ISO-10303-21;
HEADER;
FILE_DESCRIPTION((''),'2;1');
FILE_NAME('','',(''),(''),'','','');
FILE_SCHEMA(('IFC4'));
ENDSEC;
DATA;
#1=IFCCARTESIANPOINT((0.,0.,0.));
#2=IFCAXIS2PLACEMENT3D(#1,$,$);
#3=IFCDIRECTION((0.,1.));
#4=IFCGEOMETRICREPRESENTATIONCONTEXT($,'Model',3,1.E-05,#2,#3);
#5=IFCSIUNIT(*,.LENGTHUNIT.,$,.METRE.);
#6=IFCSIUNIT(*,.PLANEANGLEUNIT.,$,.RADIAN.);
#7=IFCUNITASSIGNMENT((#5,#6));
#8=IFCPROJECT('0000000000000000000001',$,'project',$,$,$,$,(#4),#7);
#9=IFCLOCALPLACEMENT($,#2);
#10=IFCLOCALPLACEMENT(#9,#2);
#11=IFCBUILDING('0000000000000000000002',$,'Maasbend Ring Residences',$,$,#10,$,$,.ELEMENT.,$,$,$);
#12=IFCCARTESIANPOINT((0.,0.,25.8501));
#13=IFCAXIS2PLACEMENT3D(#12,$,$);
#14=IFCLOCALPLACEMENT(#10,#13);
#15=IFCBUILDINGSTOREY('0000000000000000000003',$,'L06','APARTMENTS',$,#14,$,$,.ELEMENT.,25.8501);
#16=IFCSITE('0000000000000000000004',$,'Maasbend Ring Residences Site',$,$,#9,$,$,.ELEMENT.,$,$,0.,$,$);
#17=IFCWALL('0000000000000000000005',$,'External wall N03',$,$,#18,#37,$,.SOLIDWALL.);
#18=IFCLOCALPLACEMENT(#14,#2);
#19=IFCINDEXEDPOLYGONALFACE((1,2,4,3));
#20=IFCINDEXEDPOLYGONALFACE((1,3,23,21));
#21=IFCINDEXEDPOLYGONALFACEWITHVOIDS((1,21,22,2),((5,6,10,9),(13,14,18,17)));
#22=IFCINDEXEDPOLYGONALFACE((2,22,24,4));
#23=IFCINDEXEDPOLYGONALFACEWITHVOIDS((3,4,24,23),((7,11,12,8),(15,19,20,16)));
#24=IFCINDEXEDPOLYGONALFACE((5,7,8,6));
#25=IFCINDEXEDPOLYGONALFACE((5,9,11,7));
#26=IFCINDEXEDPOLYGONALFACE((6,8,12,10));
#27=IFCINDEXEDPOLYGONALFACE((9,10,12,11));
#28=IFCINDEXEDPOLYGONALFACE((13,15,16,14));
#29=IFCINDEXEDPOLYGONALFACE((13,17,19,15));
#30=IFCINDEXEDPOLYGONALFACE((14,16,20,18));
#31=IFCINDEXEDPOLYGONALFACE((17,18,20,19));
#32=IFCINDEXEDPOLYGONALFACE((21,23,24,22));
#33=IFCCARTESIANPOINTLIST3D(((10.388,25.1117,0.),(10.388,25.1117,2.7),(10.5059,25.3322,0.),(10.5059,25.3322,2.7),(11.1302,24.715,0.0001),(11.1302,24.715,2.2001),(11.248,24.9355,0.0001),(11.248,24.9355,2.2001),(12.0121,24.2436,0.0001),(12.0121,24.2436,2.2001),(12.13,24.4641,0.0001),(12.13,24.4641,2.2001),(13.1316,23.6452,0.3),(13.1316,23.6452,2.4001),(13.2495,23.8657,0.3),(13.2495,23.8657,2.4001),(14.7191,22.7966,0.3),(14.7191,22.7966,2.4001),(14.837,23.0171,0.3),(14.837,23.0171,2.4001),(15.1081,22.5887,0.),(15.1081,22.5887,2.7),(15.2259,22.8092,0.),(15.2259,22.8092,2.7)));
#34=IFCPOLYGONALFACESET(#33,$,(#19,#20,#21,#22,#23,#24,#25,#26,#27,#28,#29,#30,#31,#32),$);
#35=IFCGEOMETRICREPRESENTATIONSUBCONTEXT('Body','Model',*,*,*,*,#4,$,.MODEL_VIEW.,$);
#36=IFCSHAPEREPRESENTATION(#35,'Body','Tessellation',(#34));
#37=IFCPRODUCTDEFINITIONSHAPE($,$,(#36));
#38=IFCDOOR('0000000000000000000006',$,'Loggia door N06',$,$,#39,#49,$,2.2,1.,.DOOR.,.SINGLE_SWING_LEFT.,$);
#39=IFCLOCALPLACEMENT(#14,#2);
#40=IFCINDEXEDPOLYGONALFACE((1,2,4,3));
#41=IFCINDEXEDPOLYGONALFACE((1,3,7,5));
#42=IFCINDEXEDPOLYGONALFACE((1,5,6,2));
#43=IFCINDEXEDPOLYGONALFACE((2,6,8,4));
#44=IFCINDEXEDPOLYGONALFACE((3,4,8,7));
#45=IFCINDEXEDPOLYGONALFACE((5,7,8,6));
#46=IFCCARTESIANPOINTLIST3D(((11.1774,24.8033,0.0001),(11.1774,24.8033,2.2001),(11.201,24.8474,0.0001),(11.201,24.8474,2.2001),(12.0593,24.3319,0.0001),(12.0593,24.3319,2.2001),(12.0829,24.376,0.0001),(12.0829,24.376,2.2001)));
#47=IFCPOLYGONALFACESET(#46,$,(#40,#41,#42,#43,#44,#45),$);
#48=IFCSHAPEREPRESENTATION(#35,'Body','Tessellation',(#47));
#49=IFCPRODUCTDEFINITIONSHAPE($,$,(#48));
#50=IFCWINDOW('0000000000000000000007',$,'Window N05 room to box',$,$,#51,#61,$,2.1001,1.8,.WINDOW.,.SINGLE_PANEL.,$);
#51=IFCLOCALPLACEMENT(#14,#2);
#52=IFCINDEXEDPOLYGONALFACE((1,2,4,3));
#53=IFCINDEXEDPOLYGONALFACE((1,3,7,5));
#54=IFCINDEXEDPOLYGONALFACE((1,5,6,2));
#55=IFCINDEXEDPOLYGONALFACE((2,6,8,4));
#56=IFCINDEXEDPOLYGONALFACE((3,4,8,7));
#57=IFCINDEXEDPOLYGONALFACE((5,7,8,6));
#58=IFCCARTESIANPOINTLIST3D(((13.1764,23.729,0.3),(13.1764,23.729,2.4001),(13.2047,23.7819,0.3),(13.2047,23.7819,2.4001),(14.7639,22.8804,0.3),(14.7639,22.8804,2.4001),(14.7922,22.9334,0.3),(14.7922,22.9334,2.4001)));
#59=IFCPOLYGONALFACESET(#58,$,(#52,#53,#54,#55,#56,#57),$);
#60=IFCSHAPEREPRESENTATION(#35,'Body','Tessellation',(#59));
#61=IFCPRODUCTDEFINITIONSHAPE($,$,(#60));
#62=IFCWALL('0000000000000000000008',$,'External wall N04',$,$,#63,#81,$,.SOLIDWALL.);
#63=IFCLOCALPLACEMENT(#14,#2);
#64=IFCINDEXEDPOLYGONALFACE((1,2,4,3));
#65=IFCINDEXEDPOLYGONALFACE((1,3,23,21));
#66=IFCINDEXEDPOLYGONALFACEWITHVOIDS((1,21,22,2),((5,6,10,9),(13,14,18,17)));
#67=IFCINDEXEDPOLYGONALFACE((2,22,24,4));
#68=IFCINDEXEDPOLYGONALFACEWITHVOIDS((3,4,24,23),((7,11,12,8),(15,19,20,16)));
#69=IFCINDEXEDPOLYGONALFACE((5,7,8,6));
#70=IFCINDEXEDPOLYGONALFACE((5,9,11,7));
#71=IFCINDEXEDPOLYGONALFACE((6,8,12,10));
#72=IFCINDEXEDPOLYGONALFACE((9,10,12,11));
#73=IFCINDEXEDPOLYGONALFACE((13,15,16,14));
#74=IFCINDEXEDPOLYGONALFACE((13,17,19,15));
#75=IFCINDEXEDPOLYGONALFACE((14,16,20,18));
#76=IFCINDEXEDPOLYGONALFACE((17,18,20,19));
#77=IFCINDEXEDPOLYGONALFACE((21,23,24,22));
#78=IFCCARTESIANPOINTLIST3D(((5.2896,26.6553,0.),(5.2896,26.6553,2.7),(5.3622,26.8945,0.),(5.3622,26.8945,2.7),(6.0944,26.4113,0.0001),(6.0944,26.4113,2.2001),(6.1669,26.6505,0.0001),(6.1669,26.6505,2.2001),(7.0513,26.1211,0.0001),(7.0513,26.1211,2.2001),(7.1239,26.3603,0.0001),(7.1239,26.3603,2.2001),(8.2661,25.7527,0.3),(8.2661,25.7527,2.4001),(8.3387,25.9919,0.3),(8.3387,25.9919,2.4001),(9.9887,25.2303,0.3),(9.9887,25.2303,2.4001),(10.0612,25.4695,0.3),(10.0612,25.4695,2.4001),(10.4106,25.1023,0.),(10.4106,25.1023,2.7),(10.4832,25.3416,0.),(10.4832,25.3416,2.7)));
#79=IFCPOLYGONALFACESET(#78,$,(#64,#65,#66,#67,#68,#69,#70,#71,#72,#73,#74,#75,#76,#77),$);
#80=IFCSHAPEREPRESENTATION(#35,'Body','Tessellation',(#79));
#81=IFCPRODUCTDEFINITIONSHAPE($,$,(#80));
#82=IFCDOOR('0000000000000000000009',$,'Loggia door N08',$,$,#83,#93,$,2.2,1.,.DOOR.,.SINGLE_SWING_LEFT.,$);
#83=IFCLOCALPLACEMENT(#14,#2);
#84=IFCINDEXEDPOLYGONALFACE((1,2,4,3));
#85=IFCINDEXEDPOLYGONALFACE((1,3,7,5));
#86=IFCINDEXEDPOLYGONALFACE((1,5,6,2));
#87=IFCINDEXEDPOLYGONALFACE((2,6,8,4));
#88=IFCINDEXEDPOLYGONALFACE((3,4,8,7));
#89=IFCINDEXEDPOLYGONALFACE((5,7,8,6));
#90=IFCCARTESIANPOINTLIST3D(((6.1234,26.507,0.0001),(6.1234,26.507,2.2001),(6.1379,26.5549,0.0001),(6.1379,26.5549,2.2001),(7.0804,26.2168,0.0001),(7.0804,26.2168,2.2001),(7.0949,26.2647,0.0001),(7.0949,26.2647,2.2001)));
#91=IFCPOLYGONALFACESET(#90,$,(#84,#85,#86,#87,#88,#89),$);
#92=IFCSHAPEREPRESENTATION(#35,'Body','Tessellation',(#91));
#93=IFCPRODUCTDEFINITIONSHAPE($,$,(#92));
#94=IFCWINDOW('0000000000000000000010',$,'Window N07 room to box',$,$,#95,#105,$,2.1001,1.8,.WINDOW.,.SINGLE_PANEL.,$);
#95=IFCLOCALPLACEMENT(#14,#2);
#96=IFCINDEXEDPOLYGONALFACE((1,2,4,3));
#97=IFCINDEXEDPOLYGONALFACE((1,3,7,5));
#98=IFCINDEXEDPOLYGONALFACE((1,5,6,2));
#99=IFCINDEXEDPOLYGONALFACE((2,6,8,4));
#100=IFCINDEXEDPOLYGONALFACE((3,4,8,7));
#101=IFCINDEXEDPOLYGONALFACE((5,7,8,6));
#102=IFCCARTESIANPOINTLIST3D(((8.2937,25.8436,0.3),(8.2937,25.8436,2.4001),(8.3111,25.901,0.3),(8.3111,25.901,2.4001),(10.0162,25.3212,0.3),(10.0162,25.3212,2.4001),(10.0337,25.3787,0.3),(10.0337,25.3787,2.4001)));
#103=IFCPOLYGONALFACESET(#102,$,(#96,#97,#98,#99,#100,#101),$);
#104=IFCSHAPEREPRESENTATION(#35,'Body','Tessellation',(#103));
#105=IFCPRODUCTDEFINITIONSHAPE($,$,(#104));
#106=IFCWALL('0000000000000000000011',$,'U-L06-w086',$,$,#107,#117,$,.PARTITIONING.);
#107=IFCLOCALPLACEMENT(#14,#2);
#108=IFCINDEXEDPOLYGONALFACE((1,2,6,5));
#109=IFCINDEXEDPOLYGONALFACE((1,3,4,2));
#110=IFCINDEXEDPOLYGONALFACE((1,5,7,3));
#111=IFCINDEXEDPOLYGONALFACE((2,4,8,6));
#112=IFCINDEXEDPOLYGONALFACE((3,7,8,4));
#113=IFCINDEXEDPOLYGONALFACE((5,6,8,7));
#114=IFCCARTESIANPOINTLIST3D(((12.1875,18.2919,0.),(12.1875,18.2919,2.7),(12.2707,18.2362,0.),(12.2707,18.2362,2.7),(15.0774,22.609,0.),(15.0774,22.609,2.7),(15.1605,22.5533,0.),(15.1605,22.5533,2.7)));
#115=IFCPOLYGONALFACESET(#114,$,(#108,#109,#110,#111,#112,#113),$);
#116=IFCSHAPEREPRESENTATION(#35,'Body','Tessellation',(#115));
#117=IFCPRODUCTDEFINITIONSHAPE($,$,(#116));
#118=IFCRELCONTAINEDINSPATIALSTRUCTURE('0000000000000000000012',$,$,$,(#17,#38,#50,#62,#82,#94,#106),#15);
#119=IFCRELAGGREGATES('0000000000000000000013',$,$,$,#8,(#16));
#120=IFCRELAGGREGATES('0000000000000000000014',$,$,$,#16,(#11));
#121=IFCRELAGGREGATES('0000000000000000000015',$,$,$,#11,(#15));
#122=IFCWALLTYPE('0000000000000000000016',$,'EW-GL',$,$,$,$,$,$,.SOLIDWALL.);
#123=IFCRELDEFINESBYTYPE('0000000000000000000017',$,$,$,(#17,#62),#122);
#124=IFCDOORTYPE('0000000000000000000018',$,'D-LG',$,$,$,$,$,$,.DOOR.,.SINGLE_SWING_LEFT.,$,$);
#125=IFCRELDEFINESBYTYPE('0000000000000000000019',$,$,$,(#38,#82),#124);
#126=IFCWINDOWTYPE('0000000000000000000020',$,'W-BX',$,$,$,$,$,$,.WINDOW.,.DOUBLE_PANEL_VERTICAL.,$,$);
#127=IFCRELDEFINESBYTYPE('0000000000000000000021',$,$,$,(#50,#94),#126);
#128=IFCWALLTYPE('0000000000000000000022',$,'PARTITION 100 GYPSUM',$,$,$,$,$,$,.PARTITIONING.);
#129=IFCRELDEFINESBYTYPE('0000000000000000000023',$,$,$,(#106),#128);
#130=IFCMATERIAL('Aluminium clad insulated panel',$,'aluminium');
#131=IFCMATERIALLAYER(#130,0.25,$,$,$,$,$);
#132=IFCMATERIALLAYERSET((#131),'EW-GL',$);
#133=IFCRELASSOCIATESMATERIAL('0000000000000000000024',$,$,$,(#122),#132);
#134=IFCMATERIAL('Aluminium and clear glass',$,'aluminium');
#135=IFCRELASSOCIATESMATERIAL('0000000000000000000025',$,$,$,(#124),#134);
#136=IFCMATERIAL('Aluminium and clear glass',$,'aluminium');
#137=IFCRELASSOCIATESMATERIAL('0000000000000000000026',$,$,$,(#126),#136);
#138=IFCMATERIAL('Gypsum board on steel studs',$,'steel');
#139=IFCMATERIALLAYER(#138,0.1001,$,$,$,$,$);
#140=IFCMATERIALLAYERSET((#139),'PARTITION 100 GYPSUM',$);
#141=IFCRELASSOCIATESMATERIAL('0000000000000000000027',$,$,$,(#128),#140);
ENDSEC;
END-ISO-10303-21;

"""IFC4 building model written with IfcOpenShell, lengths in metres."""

from ifc_helpers import new_model, si_unit, direction, frame, frame_2d, origin, place, context, subcontext, project, spatial, rectangle, extrude, material, layer, layer_set, type_object, element, fill, save


model = new_model("IFC4")

# Units and contexts
model_context = context("Model", 3, precision=1e-05, world=origin(), true_north=direction((0.0, 1.0)))
body_context = subcontext(model_context, "Body", "Model", "MODEL_VIEW")
ifc_project = project(units=[si_unit("LENGTHUNIT", "METRE"), si_unit("PLANEANGLEUNIT", "RADIAN")], contexts=[model_context])

# Site, building, storey
site_placement = place(None, origin())
site = spatial("IfcSite", under=ifc_project, at=site_placement, Name="Maasbend Ring Residences Site", CompositionType="ELEMENT", RefElevation=0.0)
building_placement = place(site_placement, origin())
building = spatial("IfcBuilding", under=site, at=building_placement, Name="Maasbend Ring Residences", CompositionType="ELEMENT")
storey_placement = place(building_placement, frame((0.0, 0.0, 25.8501)))
storey = spatial("IfcBuildingStorey", under=building, at=storey_placement, Name="L06", Description="APARTMENTS", CompositionType="ELEMENT", Elevation=25.8501)

# Walls, openings, doors, windows
ifc_material_1 = material(Name="Aluminium clad insulated panel", Category="aluminium")
ifc_layer_1 = layer(ifc_material_1, 0.25)
ifc_layer_set_1 = layer_set([ifc_layer_1], Name="EW-GL")
wall_type_1 = type_object("IfcWallType", Name="EW-GL", PredefinedType="SOLIDWALL", material=ifc_layer_set_1)
ifc_material_2 = material(Name="Aluminium and clear glass", Category="aluminium")
door_type = type_object("IfcDoorType", Name="D-LG", OperationType="SINGLE_SWING_LEFT", PredefinedType="DOOR", material=ifc_material_2)
ifc_material_3 = material(Name="Aluminium and clear glass", Category="aluminium")
window_type_1 = type_object("IfcWindowType", Name="W-BX", PartitioningType="DOUBLE_PANEL_VERTICAL", PredefinedType="WINDOW", material=ifc_material_3)
wall_1_placement = place(storey_placement, frame((15.167, 22.699, 0.0), z_axis=(0.0, 0.0, 1.0), x_axis=(-0.881916, 0.471407, 0.0)))
wall_1 = element("IfcWall", 1, at=wall_1_placement, inside=storey, type_object=wall_type_1, Name="External wall N03", PredefinedType="SOLIDWALL", context=body_context, shape_type="SweptSolid", body=[
    extrude(rectangle(XDim=5.3521, YDim=0.25, at=frame_2d((2.676, 0.0))), origin(), (0.0, 0.0, 1.0), 2.7),
])
opening_1_placement = place(wall_1_placement, frame((0.4412, 0.0, 0.3)))
opening_1 = element("IfcOpeningElement", 2, at=opening_1_placement, cuts=wall_1, PredefinedType="OPENING", context=body_context, shape_type="SweptSolid", body=[
    extrude(rectangle(XDim=1.8, YDim=2.1001, at=frame_2d((0.8999, 1.05))), frame((0.0, 0.135, 0.0), z_axis=(0.0, -1.0, 0.0), x_axis=(1.0, 0.0, 0.0)), (0.0, 0.0, 1.0), 0.27),
])
opening_2_placement = place(wall_1_placement, frame((3.5105, 0.0, 0.0)))
opening_2 = element("IfcOpeningElement", 3, at=opening_2_placement, cuts=wall_1, PredefinedType="OPENING", context=body_context, shape_type="SweptSolid", body=[
    extrude(rectangle(XDim=1.0, YDim=2.2, at=frame_2d((0.5, 1.1001))), frame((0.0, 0.135, 0.0), z_axis=(0.0, -1.0, 0.0), x_axis=(1.0, 0.0, 0.0)), (0.0, 0.0, 1.0), 0.27),
])
door_1_placement = place(opening_2_placement, origin())
door_1 = element("IfcDoor", 4, at=door_1_placement, inside=storey, type_object=door_type, Name="Loggia door N06", OperationType="SINGLE_SWING_LEFT", OverallHeight=2.2, OverallWidth=1.0, PredefinedType="DOOR", context=body_context, shape_type="SweptSolid", body=[
    extrude(rectangle(XDim=1.0, YDim=2.2, at=frame_2d((0.5, 1.1001))), frame((0.0, 0.0249, 0.0), z_axis=(0.0, -1.0, 0.0), x_axis=(1.0, 0.0, 0.0)), (0.0, 0.0, 1.0), 0.05),
])
fill(opening_2, door_1)
window_1_placement = place(opening_1_placement, origin())
window_1 = element("IfcWindow", 5, at=window_1_placement, inside=storey, type_object=window_type_1, Name="Window N05 room to box", OverallHeight=2.1001, OverallWidth=1.8, PartitioningType="SINGLE_PANEL", PredefinedType="WINDOW", context=body_context, shape_type="SweptSolid", body=[
    extrude(rectangle(XDim=1.8, YDim=2.1001, at=frame_2d((0.8999, 1.05))), frame((0.0, 0.03, 0.0), z_axis=(0.0, -1.0, 0.0), x_axis=(1.0, 0.0, 0.0)), (0.0, 0.0, 1.0), 0.0601),
])
fill(opening_1, window_1)
wall_2_placement = place(storey_placement, frame((10.447, 25.2219, 0.0), z_axis=(0.0, 0.0, 1.0), x_axis=(-0.956966, 0.290201, 0.0)))
wall_2 = element("IfcWall", 6, at=wall_2_placement, inside=storey, type_object=wall_type_1, Name="External wall N04", PredefinedType="SOLIDWALL", context=body_context, shape_type="SweptSolid", body=[
    extrude(rectangle(XDim=5.3513, YDim=0.25, at=frame_2d((2.6758, 0.0))), origin(), (0.0, 0.0, 1.0), 2.7),
])
opening_3_placement = place(wall_2_placement, frame((0.4412, 0.0, 0.3)))
opening_3 = element("IfcOpeningElement", 7, at=opening_3_placement, cuts=wall_2, PredefinedType="OPENING", context=body_context, shape_type="SweptSolid", body=[
    extrude(rectangle(XDim=1.8, YDim=2.1001, at=frame_2d((0.8999, 1.05))), frame((0.0, 0.135, 0.0), z_axis=(0.0, -1.0, 0.0), x_axis=(1.0, 0.0, 0.0)), (0.0, 0.0, 1.0), 0.27),
])
opening_4_placement = place(wall_2_placement, frame((3.5105, 0.0, 0.0)))
opening_4 = element("IfcOpeningElement", 8, at=opening_4_placement, cuts=wall_2, PredefinedType="OPENING", context=body_context, shape_type="SweptSolid", body=[
    extrude(rectangle(XDim=1.0, YDim=2.2, at=frame_2d((0.5, 1.1001))), frame((0.0, 0.135, 0.0), z_axis=(0.0, -1.0, 0.0), x_axis=(1.0, 0.0, 0.0)), (0.0, 0.0, 1.0), 0.27),
])
door_2_placement = place(opening_4_placement, origin())
door_2 = element("IfcDoor", 9, at=door_2_placement, inside=storey, type_object=door_type, Name="Loggia door N08", OperationType="SINGLE_SWING_LEFT", OverallHeight=2.2, OverallWidth=1.0, PredefinedType="DOOR", context=body_context, shape_type="SweptSolid", body=[
    extrude(rectangle(XDim=1.0, YDim=2.2, at=frame_2d((0.5, 1.1001))), frame((0.0, 0.0249, 0.0), z_axis=(0.0, -1.0, 0.0), x_axis=(1.0, 0.0, 0.0)), (0.0, 0.0, 1.0), 0.05),
])
fill(opening_4, door_2)
window_2_placement = place(opening_3_placement, origin())
window_2 = element("IfcWindow", 10, at=window_2_placement, inside=storey, type_object=window_type_1, Name="Window N07 room to box", OverallHeight=2.1001, OverallWidth=1.8, PartitioningType="SINGLE_PANEL", PredefinedType="WINDOW", context=body_context, shape_type="SweptSolid", body=[
    extrude(rectangle(XDim=1.8, YDim=2.1001, at=frame_2d((0.8999, 1.05))), frame((0.0, 0.03, 0.0), z_axis=(0.0, -1.0, 0.0), x_axis=(1.0, 0.0, 0.0)), (0.0, 0.0, 1.0), 0.0601),
])
fill(opening_3, window_2)

# Wall
ifc_material_4 = material(Name="Gypsum board on steel studs", Category="steel")
ifc_layer_2 = layer(ifc_material_4, 0.1001)
ifc_layer_set_2 = layer_set([ifc_layer_2], Name="PARTITION 100 GYPSUM")
wall_type_2 = type_object("IfcWallType", Name="PARTITION 100 GYPSUM", PredefinedType="PARTITIONING", material=ifc_layer_set_2)
wall_3_placement = place(storey_placement, frame((12.229, 18.2639, 0.0), z_axis=(0.0, 0.0, 1.0), x_axis=(0.556272, 0.831, 0.0)))
element("IfcWall", 11, at=wall_3_placement, inside=storey, type_object=wall_type_2, Name="U-L06-w086", PredefinedType="PARTITIONING", context=body_context, shape_type="SweptSolid", body=[
    extrude(rectangle(XDim=5.1951, YDim=0.1001, at=frame_2d((2.5977, 0.0))), origin(), (0.0, 0.0, 1.0), 2.7),
])

save(model, "model.ifc")
